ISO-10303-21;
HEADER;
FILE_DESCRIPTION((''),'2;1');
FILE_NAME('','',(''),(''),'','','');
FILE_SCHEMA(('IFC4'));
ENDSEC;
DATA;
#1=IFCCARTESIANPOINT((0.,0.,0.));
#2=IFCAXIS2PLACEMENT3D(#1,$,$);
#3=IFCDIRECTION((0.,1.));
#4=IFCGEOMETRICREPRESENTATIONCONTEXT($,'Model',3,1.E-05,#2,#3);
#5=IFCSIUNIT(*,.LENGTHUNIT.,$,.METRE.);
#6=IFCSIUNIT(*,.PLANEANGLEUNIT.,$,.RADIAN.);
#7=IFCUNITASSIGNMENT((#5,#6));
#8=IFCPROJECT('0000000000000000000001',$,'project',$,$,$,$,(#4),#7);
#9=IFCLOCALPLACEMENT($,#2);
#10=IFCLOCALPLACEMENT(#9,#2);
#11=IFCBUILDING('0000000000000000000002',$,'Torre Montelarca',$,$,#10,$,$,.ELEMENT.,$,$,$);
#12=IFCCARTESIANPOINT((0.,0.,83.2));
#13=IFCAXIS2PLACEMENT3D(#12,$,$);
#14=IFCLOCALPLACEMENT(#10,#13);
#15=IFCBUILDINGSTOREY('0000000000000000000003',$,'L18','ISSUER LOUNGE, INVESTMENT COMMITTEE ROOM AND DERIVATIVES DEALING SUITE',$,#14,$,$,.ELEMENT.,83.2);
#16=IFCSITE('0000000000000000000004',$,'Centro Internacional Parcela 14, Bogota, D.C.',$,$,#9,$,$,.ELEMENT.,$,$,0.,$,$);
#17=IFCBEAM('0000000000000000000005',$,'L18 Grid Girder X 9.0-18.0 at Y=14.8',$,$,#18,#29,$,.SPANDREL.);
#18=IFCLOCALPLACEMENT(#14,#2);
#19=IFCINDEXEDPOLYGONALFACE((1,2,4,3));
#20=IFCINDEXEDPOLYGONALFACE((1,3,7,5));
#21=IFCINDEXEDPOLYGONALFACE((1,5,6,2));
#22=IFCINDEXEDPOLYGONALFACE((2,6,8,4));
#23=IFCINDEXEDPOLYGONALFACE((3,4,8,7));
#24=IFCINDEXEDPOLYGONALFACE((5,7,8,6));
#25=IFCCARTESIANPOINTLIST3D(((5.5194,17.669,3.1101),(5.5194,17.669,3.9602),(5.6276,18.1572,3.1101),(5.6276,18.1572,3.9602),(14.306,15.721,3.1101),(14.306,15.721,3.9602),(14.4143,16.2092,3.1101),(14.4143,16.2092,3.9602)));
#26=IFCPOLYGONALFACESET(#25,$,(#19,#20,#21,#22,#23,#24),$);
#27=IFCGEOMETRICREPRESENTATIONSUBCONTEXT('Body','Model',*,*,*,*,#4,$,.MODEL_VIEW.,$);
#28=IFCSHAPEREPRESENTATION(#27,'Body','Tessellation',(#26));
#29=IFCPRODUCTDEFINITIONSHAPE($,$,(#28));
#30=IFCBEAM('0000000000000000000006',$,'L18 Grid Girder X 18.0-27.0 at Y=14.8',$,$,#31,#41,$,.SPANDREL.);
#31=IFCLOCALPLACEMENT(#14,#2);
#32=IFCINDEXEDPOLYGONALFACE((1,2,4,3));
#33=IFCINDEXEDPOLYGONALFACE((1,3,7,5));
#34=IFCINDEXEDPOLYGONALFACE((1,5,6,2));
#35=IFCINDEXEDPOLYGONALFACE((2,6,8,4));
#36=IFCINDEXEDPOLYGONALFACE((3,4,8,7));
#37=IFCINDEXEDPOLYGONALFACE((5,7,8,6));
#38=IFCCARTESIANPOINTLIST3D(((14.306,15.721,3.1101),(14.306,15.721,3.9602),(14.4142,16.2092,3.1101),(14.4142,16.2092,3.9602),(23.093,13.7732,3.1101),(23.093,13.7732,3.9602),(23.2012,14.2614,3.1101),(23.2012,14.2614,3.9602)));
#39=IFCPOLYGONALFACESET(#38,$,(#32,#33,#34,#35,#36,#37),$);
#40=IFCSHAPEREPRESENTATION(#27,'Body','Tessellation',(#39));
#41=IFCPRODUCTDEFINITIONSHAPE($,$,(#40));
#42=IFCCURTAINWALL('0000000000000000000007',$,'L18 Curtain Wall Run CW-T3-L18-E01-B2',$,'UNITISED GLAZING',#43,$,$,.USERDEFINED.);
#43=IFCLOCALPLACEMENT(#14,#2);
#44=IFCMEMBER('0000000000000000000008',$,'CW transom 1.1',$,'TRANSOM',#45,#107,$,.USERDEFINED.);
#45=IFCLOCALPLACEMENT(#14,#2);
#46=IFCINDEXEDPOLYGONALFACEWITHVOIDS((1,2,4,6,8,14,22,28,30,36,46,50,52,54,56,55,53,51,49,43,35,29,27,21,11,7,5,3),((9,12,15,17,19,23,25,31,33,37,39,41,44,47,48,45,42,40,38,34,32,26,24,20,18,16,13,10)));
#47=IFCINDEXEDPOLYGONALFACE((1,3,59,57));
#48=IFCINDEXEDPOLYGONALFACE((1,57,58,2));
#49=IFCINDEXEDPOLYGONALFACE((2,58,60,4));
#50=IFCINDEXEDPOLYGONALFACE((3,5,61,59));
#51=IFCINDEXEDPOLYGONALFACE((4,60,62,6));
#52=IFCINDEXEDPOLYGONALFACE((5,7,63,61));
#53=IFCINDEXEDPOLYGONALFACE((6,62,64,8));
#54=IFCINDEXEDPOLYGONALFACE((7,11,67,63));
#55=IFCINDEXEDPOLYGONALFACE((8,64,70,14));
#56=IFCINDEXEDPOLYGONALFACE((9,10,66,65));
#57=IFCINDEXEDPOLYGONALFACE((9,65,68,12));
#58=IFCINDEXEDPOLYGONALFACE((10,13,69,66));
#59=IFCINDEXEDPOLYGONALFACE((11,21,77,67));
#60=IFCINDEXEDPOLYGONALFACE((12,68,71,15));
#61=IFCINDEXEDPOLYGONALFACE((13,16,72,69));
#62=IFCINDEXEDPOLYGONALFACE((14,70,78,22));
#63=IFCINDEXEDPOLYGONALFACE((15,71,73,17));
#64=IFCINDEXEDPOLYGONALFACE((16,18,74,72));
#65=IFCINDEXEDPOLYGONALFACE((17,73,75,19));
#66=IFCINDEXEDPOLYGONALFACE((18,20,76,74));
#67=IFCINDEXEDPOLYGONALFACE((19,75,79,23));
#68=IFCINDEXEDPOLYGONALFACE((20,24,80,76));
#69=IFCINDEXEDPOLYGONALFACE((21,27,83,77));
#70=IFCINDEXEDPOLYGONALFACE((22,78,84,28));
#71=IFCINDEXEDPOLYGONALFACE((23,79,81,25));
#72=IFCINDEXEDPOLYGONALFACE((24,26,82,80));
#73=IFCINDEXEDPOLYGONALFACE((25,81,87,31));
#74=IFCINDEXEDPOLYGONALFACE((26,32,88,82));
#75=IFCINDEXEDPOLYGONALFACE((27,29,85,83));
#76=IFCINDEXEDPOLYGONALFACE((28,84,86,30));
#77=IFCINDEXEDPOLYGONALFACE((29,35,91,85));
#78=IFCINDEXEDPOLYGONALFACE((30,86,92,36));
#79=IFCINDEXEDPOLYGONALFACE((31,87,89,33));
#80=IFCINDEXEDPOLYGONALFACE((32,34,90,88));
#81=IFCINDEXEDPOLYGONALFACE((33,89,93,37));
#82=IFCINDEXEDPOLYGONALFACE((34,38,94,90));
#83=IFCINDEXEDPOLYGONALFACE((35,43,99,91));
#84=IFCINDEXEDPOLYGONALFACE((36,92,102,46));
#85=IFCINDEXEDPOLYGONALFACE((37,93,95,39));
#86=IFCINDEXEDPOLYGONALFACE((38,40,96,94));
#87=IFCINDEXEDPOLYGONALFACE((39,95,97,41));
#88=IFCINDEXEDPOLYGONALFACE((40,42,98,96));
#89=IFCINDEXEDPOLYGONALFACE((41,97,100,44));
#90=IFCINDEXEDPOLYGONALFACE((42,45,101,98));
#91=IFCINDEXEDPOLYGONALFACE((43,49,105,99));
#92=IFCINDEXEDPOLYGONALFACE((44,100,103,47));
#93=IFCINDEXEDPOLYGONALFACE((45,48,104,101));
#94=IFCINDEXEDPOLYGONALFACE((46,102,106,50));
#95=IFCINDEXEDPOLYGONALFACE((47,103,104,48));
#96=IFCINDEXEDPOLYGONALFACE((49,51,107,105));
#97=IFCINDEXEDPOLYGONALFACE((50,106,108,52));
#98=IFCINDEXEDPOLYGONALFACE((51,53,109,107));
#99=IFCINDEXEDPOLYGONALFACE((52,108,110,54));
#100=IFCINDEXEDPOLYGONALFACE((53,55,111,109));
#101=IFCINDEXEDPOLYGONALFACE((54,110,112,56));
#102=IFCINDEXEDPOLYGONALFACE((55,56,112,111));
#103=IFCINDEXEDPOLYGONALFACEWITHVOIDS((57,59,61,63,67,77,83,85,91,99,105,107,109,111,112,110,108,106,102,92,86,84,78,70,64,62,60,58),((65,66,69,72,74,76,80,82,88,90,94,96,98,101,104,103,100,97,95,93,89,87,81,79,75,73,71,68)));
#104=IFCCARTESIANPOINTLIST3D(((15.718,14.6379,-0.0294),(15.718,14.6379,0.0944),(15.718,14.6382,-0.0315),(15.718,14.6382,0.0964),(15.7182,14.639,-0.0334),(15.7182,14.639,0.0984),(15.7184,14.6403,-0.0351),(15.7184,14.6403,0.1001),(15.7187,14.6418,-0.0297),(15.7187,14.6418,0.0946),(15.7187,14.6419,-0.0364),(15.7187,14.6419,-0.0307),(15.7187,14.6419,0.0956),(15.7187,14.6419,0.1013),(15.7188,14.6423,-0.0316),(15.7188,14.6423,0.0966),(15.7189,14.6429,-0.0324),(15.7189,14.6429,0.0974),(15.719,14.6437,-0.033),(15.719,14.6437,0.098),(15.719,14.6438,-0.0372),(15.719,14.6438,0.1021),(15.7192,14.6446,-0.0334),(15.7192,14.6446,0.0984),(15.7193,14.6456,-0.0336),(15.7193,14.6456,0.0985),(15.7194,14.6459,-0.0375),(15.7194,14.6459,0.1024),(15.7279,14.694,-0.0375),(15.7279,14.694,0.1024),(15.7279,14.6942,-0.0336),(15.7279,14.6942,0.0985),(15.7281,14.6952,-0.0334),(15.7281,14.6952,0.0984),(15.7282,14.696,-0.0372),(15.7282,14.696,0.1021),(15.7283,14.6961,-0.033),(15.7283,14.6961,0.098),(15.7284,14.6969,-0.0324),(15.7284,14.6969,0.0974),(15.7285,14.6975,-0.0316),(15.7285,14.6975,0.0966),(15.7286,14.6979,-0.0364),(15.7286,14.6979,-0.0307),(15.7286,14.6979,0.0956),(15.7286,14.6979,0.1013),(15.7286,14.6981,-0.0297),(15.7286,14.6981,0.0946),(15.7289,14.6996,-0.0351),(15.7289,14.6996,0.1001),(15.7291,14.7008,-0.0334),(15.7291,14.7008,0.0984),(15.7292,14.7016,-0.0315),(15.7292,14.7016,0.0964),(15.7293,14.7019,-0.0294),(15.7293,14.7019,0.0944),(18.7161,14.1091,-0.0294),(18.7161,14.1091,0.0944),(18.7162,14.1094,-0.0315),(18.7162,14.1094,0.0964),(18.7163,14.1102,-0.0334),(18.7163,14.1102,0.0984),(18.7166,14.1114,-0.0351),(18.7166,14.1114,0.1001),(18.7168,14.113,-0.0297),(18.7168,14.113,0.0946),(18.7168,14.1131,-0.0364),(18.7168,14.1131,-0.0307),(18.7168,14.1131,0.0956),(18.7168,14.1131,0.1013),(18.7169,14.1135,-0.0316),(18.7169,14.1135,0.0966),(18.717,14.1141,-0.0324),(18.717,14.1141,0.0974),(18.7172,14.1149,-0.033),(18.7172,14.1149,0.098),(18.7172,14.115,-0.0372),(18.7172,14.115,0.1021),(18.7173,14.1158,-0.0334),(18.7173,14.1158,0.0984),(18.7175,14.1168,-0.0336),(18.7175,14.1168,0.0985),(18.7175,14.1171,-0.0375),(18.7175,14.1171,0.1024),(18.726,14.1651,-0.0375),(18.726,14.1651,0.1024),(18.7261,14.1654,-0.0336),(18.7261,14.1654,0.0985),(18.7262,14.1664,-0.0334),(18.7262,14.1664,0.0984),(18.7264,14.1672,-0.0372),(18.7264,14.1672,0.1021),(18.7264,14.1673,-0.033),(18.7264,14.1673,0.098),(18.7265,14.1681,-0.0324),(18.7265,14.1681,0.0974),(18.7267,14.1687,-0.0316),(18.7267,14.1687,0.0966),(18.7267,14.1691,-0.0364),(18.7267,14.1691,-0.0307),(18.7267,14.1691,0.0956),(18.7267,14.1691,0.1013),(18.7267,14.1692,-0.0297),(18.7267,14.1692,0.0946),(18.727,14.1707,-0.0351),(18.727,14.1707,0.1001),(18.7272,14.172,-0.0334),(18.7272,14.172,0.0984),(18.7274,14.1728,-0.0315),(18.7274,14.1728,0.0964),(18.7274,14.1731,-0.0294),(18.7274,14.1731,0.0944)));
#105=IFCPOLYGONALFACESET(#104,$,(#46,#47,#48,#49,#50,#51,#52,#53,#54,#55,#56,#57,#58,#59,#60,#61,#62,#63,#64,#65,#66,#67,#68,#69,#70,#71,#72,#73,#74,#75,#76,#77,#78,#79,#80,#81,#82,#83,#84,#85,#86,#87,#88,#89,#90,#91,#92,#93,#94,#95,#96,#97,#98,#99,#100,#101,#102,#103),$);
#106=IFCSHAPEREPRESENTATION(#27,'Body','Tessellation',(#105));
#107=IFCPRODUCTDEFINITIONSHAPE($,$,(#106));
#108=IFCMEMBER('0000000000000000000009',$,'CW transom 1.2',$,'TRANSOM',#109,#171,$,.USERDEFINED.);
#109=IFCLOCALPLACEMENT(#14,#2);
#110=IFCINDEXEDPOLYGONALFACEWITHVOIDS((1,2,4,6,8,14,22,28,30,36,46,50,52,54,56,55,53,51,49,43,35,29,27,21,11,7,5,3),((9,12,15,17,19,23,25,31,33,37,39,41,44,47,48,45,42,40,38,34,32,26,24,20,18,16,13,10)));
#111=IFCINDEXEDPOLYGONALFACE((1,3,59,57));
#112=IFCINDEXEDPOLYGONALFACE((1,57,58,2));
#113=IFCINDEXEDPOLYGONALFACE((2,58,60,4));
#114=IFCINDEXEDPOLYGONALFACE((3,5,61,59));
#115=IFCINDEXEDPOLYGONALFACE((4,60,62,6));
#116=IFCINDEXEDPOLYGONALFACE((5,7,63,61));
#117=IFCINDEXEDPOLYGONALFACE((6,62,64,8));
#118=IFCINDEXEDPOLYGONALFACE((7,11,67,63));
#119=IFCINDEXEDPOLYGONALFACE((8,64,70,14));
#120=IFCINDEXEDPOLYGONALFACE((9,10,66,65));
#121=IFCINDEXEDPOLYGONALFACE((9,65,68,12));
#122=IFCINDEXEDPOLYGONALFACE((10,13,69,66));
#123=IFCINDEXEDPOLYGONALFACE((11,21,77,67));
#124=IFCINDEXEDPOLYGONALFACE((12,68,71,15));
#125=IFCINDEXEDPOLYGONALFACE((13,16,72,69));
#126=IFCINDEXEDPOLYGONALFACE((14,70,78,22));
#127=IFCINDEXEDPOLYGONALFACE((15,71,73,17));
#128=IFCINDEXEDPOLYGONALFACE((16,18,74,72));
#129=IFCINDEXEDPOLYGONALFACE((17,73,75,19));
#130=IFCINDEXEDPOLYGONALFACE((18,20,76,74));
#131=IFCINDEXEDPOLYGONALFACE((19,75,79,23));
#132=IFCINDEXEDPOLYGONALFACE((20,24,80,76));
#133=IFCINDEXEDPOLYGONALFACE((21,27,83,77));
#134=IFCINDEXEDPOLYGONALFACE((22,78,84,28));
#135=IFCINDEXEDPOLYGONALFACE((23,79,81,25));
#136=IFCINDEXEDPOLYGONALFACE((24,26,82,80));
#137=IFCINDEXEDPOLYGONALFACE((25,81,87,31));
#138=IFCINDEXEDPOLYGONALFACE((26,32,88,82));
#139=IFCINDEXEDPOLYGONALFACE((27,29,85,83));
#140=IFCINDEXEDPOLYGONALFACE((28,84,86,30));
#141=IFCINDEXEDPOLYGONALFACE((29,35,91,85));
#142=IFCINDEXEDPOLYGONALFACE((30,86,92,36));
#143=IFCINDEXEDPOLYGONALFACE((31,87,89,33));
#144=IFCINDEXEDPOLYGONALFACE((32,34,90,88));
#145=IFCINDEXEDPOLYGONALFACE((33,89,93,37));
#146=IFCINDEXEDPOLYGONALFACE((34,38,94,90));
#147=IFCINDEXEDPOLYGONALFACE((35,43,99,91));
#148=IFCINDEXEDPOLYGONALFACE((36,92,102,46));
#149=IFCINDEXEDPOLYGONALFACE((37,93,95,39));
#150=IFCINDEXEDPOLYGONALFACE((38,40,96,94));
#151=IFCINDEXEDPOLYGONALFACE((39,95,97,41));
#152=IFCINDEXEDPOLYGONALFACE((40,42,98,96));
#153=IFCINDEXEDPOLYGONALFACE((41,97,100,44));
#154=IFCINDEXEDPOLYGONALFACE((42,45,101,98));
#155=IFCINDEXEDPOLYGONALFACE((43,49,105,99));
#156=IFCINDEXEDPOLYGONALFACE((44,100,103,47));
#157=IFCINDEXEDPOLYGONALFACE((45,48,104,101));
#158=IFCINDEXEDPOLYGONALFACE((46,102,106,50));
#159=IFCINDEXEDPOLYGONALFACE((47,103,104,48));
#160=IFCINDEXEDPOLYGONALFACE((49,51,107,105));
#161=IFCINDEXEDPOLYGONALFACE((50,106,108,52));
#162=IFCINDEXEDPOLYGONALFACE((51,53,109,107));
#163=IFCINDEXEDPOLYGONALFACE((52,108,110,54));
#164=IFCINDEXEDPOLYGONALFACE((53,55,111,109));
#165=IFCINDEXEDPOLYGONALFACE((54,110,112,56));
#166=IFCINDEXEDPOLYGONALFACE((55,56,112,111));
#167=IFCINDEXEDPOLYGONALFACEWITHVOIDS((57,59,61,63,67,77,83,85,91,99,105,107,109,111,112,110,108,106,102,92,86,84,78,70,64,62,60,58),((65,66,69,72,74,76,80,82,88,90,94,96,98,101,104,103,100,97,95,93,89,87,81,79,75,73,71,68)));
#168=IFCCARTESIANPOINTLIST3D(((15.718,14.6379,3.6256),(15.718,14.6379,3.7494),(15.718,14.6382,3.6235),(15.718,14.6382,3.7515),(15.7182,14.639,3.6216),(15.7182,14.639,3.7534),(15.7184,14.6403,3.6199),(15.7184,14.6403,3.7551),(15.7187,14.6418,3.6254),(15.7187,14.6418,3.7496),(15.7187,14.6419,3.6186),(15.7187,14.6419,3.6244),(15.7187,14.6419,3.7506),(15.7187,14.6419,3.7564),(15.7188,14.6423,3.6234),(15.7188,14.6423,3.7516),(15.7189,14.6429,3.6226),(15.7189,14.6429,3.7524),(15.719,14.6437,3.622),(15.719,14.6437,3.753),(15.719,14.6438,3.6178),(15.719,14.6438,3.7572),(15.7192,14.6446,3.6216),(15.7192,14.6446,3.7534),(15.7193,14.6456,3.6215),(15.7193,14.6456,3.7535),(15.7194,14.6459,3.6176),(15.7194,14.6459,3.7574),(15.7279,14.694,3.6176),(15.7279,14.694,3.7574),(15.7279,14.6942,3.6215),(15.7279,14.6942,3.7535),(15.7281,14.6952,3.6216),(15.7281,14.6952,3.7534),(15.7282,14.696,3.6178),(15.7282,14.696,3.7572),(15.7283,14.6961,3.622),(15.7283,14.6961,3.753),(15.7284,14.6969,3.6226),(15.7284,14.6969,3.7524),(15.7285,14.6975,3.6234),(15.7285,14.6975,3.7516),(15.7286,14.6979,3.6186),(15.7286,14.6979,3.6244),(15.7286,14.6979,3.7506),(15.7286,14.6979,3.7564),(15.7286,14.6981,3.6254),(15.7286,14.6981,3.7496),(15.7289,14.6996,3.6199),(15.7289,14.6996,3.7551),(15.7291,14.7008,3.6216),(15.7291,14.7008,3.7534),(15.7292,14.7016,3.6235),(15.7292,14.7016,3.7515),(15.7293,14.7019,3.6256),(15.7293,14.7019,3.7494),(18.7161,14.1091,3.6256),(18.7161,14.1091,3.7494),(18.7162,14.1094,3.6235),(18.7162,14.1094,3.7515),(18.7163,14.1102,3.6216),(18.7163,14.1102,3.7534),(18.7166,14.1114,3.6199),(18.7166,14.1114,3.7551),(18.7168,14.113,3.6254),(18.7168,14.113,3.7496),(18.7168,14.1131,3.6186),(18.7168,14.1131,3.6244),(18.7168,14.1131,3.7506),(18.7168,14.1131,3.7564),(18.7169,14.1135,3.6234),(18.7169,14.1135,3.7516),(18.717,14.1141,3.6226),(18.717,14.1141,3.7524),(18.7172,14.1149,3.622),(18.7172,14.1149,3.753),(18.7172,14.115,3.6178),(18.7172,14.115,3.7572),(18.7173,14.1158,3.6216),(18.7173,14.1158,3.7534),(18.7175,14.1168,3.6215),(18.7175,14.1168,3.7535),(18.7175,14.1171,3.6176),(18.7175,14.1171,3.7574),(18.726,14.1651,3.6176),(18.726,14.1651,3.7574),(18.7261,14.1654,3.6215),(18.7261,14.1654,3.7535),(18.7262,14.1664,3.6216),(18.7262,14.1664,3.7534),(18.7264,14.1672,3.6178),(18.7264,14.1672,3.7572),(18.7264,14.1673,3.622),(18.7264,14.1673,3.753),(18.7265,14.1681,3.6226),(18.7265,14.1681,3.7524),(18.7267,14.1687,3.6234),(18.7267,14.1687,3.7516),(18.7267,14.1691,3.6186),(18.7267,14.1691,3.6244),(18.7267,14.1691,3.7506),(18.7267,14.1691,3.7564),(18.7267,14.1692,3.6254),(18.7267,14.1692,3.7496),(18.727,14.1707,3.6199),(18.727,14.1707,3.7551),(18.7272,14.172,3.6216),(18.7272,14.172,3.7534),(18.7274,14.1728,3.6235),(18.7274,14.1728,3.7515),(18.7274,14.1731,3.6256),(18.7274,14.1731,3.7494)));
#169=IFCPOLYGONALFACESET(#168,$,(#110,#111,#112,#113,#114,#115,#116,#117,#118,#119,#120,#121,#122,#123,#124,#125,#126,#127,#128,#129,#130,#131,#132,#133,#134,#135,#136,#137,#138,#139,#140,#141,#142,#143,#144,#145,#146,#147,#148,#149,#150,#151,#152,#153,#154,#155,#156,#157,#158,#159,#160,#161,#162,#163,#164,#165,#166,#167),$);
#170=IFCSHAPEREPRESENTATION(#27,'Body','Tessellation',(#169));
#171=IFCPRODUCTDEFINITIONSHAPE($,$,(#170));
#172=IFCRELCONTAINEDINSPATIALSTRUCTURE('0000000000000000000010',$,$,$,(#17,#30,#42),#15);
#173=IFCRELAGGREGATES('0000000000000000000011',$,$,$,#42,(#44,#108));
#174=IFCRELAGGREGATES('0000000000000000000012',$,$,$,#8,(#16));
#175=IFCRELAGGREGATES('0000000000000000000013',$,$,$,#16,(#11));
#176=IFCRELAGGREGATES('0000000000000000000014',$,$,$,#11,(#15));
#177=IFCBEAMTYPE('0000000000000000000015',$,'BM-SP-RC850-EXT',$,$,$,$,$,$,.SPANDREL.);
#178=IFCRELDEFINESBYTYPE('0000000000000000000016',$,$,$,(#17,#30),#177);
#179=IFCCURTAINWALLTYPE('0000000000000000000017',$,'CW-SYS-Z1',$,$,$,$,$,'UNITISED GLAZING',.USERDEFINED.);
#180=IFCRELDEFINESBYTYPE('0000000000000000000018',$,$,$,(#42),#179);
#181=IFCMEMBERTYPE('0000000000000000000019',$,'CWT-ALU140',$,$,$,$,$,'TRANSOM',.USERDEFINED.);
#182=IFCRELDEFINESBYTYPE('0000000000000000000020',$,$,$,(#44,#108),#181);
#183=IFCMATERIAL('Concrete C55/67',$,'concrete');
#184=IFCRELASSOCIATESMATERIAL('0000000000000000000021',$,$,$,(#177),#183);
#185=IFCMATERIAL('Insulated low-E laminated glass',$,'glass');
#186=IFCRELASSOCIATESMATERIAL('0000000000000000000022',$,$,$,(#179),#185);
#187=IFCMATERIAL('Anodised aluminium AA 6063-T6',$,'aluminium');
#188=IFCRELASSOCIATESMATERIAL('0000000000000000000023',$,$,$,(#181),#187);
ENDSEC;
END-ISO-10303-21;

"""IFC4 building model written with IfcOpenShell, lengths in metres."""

from ifc_helpers import new_model, si_unit, direction, frame, origin, origin_2d, place, context, subcontext, project, spatial, rectangle, hollow_rectangle, extrude, source, transform, mapped, material, material_profile, profile_set, type_object, element, aggregate, save


model = new_model("IFC4")

# Units and contexts
model_context = context("Model", 3, precision=1e-05, world=origin(), true_north=direction((0.0, 1.0)))
body_context = subcontext(model_context, "Body", "Model", "MODEL_VIEW")
ifc_project = project(units=[si_unit("LENGTHUNIT", "METRE"), si_unit("PLANEANGLEUNIT", "RADIAN")], contexts=[model_context])

# Site, building, storey
site_placement = place(None, origin())
site = spatial("IfcSite", under=ifc_project, at=site_placement, Name="Centro Internacional Parcela 14, Bogota, D.C.", CompositionType="ELEMENT", RefElevation=0.0)
building_placement = place(site_placement, origin())
building = spatial("IfcBuilding", under=site, at=building_placement, Name="Torre Montelarca", CompositionType="ELEMENT")
storey_placement = place(building_placement, frame((0.0, 0.0, 83.2)))
storey = spatial("IfcBuildingStorey", under=building, at=storey_placement, Name="L18", Description="ISSUER LOUNGE, INVESTMENT COMMITTEE ROOM AND DERIVATIVES DEALING SUITE", CompositionType="ELEMENT", Elevation=83.2)

# Beams
ifc_material_1 = material(Name="Concrete C55/67", Category="concrete")
ifc_material_profile_1 = material_profile(ifc_material_1, rectangle(XDim=0.5, YDim=0.8501, at=origin_2d()), Name="RCB500X850", Category="concrete")
ifc_profile_set_1 = profile_set([ifc_material_profile_1], Name="Concrete C55/67")
beam_type = type_object("IfcBeamType", Name="BM-SP-RC850-EXT", PredefinedType="SPANDREL", material=ifc_profile_set_1)
shared_shape_1 = source(origin(), body_context, "Body", "SweptSolid", [
    extrude(rectangle(XDim=0.5, YDim=0.8501, at=origin_2d()), origin(), (0.0, 0.0, 1.0), 9.0),
])
beam_1_placement = place(storey_placement, frame((5.5735, 17.9131, 3.5352), z_axis=(0.976295, -0.216445, 0.0), x_axis=(0.216445, 0.976295, 0.0)))
element("IfcBeam", 1, at=beam_1_placement, inside=storey, type_object=beam_type, Name="L18 Grid Girder X 9.0-18.0 at Y=14.8", PredefinedType="SPANDREL", context=body_context, shape_type="MappedRepresentation", body=[
    mapped(shared_shape_1, transform((0.0, 0.0, 0.0), scale=1.0)),
])
shared_shape_2 = source(origin(), body_context, "Body", "SweptSolid", [
    extrude(rectangle(XDim=0.5, YDim=0.8501, at=origin_2d()), origin(), (0.0, 0.0, 1.0), 9.0002),
])
beam_2_placement = place(storey_placement, frame((14.3601, 15.9651, 3.5352), z_axis=(0.976302, -0.216413, 0.0), x_axis=(0.216413, 0.976302, 0.0)))
element("IfcBeam", 2, at=beam_2_placement, inside=storey, type_object=beam_type, Name="L18 Grid Girder X 18.0-27.0 at Y=14.8", PredefinedType="SPANDREL", context=body_context, shape_type="MappedRepresentation", body=[
    mapped(shared_shape_2, transform((0.0, 0.0, 0.0), scale=1.0)),
])

# Curtain wall, members
ifc_material_2 = material(Name="Insulated low-E laminated glass", Category="glass")
curtain_wall_type = type_object("IfcCurtainWallType", Name="CW-SYS-Z1", ElementType="UNITISED GLAZING", PredefinedType="USERDEFINED", material=ifc_material_2)
curtain_wall_1_placement = place(storey_placement, origin())
curtain_wall_1 = element("IfcCurtainWall", 3, at=curtain_wall_1_placement, inside=storey, type_object=curtain_wall_type, Name="L18 Curtain Wall Run CW-T3-L18-E01-B2", ObjectType="UNITISED GLAZING", PredefinedType="USERDEFINED")
ifc_material_3 = material(Name="Anodised aluminium AA 6063-T6", Category="aluminium")
ifc_material_profile_2 = material_profile(ifc_material_3, hollow_rectangle(XDim=0.0649, YDim=0.1399, WallThickness=0.0039, InnerFilletRadius=0.0039, OuterFilletRadius=0.0081, at=origin_2d()), Name="ALU65X140X4", Category="aluminium")
ifc_profile_set_2 = profile_set([ifc_material_profile_2], Name="Anodised aluminium AA 6063-T6")
member_type_1 = type_object("IfcMemberType", Name="CWT-ALU140", ElementType="TRANSOM", PredefinedType="USERDEFINED", material=ifc_profile_set_2)
shared_shape_3 = source(origin(), body_context, "Body", "SweptSolid", [
    extrude(hollow_rectangle(XDim=0.0649, YDim=0.1399, WallThickness=0.0039, InnerFilletRadius=0.0039, OuterFilletRadius=0.0081, at=origin_2d()), origin(), (0.0, 0.0, 1.0), 3.0444),
])
member_1_placement = place(storey_placement, frame((15.7236, 14.6699, 0.0325), z_axis=(0.984798, -0.173703, 0.0), x_axis=(0.173703, 0.984798, 0.0)))
member_1 = element("IfcMember", 4, at=member_1_placement, type_object=member_type_1, Name="CW transom 1.1", ObjectType="TRANSOM", PredefinedType="USERDEFINED", context=body_context, shape_type="MappedRepresentation", body=[
    mapped(shared_shape_3, transform((0.0, 0.0, 0.0), scale=1.0)),
])
member_2_placement = place(storey_placement, frame((15.7236, 14.6699, 3.6875), z_axis=(0.984798, -0.173703, 0.0), x_axis=(0.173703, 0.984798, 0.0)))
member_2 = element("IfcMember", 5, at=member_2_placement, type_object=member_type_1, Name="CW transom 1.2", ObjectType="TRANSOM", PredefinedType="USERDEFINED", context=body_context, shape_type="MappedRepresentation", body=[
    mapped(shared_shape_3, transform((0.0, 0.0, 0.0), scale=1.0)),
])

aggregate(curtain_wall_1, [member_1, member_2])

save(model, "model.ifc")
